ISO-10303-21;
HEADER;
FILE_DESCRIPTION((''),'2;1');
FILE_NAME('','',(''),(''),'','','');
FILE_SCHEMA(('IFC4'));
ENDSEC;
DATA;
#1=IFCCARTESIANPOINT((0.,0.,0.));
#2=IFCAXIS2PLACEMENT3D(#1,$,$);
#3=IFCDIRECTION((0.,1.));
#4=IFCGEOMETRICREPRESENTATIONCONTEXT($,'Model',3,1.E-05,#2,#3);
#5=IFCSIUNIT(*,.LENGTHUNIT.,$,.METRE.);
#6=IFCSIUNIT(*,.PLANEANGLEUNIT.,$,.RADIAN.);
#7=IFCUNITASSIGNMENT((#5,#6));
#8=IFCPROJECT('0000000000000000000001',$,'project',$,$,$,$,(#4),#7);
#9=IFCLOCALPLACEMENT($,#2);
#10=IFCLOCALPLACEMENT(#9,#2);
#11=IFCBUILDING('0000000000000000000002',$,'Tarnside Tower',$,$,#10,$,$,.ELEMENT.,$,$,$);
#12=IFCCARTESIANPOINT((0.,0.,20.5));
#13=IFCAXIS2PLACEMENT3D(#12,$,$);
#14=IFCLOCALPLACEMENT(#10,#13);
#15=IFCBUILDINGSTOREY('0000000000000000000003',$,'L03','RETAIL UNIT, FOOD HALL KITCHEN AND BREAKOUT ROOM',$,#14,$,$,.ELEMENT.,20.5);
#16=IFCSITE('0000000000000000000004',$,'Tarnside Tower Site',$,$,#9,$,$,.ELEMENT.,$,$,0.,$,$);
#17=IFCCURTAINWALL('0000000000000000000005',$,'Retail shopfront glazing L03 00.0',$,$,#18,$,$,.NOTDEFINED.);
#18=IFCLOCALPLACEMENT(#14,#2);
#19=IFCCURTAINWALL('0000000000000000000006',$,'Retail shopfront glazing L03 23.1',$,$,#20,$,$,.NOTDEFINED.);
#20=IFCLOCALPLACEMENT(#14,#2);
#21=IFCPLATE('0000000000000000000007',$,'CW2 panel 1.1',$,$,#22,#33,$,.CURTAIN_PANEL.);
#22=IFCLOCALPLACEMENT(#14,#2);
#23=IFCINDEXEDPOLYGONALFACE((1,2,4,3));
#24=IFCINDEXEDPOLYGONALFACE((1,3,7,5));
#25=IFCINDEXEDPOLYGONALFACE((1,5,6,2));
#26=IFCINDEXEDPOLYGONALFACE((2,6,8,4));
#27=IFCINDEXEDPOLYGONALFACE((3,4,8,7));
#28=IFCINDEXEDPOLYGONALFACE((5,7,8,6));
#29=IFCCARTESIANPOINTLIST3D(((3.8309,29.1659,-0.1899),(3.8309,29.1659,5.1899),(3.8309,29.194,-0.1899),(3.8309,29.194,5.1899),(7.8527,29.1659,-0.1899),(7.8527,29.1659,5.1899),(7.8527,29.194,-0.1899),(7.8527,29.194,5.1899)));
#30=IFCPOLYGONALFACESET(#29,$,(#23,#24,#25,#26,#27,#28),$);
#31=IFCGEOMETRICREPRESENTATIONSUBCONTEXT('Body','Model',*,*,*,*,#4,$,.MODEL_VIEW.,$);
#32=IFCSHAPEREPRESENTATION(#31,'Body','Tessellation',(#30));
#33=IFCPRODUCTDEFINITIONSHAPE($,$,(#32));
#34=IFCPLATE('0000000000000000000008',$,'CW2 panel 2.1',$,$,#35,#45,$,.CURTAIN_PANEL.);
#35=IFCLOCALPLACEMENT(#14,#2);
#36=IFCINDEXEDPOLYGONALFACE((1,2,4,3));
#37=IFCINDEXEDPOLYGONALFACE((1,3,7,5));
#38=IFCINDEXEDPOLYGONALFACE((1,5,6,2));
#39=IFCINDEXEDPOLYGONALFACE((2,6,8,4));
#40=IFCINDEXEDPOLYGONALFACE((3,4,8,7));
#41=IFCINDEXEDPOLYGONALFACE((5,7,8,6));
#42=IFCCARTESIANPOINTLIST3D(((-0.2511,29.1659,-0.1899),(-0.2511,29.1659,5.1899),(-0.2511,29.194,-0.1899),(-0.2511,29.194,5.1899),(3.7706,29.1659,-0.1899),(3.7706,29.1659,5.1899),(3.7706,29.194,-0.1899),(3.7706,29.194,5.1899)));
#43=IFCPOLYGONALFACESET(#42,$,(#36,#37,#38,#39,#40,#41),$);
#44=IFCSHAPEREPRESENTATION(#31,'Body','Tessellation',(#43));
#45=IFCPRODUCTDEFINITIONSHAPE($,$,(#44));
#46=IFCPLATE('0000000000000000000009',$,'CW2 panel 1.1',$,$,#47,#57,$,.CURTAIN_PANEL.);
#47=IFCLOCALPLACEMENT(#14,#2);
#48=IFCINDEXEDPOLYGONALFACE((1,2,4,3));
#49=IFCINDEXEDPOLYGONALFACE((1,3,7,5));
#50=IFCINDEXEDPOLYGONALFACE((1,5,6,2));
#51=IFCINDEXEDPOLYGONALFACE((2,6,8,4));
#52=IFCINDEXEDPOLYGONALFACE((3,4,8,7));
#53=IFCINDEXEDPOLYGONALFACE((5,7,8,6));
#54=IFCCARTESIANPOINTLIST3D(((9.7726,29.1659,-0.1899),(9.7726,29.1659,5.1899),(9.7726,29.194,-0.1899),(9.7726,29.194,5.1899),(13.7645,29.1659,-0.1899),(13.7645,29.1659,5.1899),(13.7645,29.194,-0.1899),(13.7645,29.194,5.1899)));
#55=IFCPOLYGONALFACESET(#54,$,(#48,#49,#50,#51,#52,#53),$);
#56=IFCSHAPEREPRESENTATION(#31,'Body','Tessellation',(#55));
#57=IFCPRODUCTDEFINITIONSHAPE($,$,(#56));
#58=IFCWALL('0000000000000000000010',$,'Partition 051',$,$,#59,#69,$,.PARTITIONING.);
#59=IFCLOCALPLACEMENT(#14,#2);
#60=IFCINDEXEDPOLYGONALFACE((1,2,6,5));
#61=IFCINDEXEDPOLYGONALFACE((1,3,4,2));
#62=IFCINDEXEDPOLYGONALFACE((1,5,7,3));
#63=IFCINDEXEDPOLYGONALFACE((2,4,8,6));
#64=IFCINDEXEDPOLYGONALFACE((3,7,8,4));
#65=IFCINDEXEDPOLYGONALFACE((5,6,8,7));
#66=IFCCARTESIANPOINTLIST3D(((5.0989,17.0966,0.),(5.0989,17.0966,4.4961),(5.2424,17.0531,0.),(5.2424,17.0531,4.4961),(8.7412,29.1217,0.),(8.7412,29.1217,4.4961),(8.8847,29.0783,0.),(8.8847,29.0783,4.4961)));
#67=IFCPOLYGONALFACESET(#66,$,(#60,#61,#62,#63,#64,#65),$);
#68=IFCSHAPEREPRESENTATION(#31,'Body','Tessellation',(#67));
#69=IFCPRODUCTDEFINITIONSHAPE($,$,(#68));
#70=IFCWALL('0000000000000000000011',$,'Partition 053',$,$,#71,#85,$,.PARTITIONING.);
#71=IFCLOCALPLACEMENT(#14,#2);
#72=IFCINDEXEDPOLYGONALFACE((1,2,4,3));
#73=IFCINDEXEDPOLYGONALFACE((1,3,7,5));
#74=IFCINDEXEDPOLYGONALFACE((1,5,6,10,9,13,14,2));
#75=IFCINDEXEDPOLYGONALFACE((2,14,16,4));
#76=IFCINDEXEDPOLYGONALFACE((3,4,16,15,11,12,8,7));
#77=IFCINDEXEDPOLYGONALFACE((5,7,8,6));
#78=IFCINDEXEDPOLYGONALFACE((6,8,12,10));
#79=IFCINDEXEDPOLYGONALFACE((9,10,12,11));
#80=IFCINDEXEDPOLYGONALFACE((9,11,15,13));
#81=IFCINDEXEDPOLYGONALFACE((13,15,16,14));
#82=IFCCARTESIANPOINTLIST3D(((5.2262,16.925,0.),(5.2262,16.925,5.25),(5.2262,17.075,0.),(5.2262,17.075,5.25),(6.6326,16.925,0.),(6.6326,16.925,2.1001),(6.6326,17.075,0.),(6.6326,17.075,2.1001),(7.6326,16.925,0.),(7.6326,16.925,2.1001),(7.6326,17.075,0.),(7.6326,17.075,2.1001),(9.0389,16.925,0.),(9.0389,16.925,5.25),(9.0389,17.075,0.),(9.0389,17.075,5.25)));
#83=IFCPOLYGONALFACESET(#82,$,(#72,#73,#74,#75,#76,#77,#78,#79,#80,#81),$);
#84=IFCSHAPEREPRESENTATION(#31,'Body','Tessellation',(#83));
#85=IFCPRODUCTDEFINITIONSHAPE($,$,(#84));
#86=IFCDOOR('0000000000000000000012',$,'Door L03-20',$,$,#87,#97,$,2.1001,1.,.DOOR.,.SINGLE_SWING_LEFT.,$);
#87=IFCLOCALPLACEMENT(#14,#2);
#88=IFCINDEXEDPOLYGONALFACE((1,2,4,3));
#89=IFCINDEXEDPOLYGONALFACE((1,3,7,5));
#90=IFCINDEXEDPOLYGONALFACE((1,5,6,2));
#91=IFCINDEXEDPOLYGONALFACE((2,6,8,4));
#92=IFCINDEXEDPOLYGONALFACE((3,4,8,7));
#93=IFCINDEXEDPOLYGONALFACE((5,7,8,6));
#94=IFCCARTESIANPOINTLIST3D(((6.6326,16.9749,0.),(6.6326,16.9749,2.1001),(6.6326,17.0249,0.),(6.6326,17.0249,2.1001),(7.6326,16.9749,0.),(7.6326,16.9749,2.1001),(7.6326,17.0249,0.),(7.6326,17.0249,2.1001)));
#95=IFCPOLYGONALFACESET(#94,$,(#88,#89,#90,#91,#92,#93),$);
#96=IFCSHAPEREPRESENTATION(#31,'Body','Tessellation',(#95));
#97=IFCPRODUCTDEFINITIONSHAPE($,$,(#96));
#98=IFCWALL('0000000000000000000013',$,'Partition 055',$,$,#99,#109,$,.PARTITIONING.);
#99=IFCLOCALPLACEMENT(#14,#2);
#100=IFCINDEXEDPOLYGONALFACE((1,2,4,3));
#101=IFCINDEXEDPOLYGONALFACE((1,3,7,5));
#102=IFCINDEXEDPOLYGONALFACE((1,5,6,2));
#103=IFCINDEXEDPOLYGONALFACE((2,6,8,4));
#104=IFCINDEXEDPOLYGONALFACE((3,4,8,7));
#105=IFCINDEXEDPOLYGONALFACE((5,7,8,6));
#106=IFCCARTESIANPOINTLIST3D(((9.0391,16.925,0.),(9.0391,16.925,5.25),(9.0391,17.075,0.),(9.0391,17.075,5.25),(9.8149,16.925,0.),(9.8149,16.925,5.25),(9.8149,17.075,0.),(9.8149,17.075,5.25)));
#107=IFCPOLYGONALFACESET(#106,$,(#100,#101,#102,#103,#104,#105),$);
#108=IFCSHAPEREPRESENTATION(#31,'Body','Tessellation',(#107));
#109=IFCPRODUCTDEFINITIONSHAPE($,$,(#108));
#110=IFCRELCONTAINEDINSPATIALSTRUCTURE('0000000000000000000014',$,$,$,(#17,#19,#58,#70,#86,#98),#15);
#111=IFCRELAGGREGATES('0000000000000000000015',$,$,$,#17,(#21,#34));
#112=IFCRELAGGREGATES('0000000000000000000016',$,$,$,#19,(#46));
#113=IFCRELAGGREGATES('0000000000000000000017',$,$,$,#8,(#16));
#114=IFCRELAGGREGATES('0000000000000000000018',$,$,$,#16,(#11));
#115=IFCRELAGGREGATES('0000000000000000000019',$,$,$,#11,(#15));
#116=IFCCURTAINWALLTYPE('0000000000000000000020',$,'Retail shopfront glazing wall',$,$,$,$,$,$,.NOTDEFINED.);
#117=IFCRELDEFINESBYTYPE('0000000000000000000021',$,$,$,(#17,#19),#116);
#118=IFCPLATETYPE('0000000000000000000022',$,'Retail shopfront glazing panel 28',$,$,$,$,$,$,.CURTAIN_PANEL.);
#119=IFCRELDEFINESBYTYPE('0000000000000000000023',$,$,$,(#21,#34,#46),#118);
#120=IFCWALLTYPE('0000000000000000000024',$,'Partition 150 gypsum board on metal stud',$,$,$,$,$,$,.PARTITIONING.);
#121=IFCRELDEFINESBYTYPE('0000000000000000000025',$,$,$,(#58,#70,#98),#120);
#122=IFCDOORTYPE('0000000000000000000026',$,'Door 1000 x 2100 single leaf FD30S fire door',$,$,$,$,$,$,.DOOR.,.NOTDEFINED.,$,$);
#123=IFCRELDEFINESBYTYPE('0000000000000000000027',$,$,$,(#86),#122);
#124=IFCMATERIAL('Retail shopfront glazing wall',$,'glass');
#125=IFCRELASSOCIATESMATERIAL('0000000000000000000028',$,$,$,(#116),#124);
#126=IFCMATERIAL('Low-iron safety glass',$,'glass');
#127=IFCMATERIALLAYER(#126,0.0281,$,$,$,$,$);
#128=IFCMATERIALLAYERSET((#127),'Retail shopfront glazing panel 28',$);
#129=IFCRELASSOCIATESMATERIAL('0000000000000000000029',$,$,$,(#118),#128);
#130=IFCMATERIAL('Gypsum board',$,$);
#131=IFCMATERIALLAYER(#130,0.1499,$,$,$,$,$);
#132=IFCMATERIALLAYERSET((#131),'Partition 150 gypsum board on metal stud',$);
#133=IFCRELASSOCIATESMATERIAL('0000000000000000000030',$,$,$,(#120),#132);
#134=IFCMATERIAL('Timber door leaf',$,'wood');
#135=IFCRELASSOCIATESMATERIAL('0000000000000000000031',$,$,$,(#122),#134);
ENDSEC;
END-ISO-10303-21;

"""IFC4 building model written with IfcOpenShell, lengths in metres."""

from ifc_helpers import new_model, si_unit, direction, frame, frame_2d, origin, origin_2d, place, context, subcontext, project, spatial, rectangle, extrude, material, layer, layer_set, type_object, element, fill, aggregate, save


model = new_model("IFC4")

# Units and contexts
model_context = context("Model", 3, precision=1e-05, world=origin(), true_north=direction((0.0, 1.0)))
body_context = subcontext(model_context, "Body", "Model", "MODEL_VIEW")
ifc_project = project(units=[si_unit("LENGTHUNIT", "METRE"), si_unit("PLANEANGLEUNIT", "RADIAN")], contexts=[model_context])

# Site, building, storey
site_placement = place(None, origin())
site = spatial("IfcSite", under=ifc_project, at=site_placement, Name="Tarnside Tower Site", CompositionType="ELEMENT", RefElevation=0.0)
building_placement = place(site_placement, origin())
building = spatial("IfcBuilding", under=site, at=building_placement, Name="Tarnside Tower", CompositionType="ELEMENT")
storey_placement = place(building_placement, frame((0.0, 0.0, 20.5)))
storey = spatial("IfcBuildingStorey", under=building, at=storey_placement, Name="L03", Description="RETAIL UNIT, FOOD HALL KITCHEN AND BREAKOUT ROOM", CompositionType="ELEMENT", Elevation=20.5)

# Curtain wall
ifc_material_1 = material(Name="Retail shopfront glazing wall", Category="glass")
curtain_wall_type = type_object("IfcCurtainWallType", Name="Retail shopfront glazing wall", PredefinedType="NOTDEFINED", material=ifc_material_1)
curtain_wall_1_placement = place(storey_placement, origin())
curtain_wall_1 = element("IfcCurtainWall", 1, at=curtain_wall_1_placement, inside=storey, type_object=curtain_wall_type, Name="Retail shopfront glazing L03 00.0", PredefinedType="NOTDEFINED")

# Curtain wall
curtain_wall_2_placement = place(storey_placement, origin())
curtain_wall_2 = element("IfcCurtainWall", 2, at=curtain_wall_2_placement, inside=storey, type_object=curtain_wall_type, Name="Retail shopfront glazing L03 23.1", PredefinedType="NOTDEFINED")

# Plates
ifc_material_2 = material(Name="Low-iron safety glass", Category="glass")
ifc_layer_1 = layer(ifc_material_2, 0.0281)
ifc_layer_set_1 = layer_set([ifc_layer_1], Name="Retail shopfront glazing panel 28")
plate_type = type_object("IfcPlateType", Name="Retail shopfront glazing panel 28", PredefinedType="CURTAIN_PANEL", material=ifc_layer_set_1)
plate_1_placement = place(storey_placement, frame((5.8418, 29.1799, -0.1899), z_axis=(0.0, 0.0, 1.0), x_axis=(-1.0, 0.0, 0.0)))
plate_1 = element("IfcPlate", 3, at=plate_1_placement, type_object=plate_type, Name="CW2 panel 1.1", PredefinedType="CURTAIN_PANEL", context=body_context, shape_type="SweptSolid", body=[
    extrude(rectangle(XDim=4.0217, YDim=0.0281, at=origin_2d()), origin(), (0.0, 0.0, 1.0), 5.3799),
])
plate_2_placement = place(storey_placement, frame((1.7598, 29.1799, -0.1899), z_axis=(0.0, 0.0, 1.0), x_axis=(-1.0, 0.0, 0.0)))
plate_2 = element("IfcPlate", 4, at=plate_2_placement, type_object=plate_type, Name="CW2 panel 2.1", PredefinedType="CURTAIN_PANEL", context=body_context, shape_type="SweptSolid", body=[
    extrude(rectangle(XDim=4.0217, YDim=0.0281, at=origin_2d()), origin(), (0.0, 0.0, 1.0), 5.3799),
])
aggregate(curtain_wall_1, [plate_1, plate_2])
plate_3_placement = place(storey_placement, frame((11.7686, 29.1799, -0.1899), z_axis=(0.0, 0.0, 1.0), x_axis=(-1.0, 0.0, 0.0)))
plate_3 = element("IfcPlate", 5, at=plate_3_placement, type_object=plate_type, Name="CW2 panel 1.1", PredefinedType="CURTAIN_PANEL", context=body_context, shape_type="SweptSolid", body=[
    extrude(rectangle(XDim=3.9919, YDim=0.0281, at=origin_2d()), origin(), (0.0, 0.0, 1.0), 5.3799),
])
aggregate(curtain_wall_2, [plate_3])

# Wall
ifc_material_3 = material(Name="Gypsum board")
ifc_layer_2 = layer(ifc_material_3, 0.1499)
ifc_layer_set_2 = layer_set([ifc_layer_2], Name="Partition 150 gypsum board on metal stud")
wall_type = type_object("IfcWallType", Name="Partition 150 gypsum board on metal stud", PredefinedType="PARTITIONING", material=ifc_layer_set_2)
wall_1_placement = place(storey_placement, frame((5.1707, 17.075, 0.0), z_axis=(0.0, 0.0, 1.0), x_axis=(0.289887, 0.957061, 0.0)))
element("IfcWall", 6, at=wall_1_placement, inside=storey, type_object=wall_type, Name="Partition 051", PredefinedType="PARTITIONING", context=body_context, shape_type="SweptSolid", body=[
    extrude(rectangle(XDim=12.5647, YDim=0.1499, at=frame_2d((6.2822, 0.0))), origin(), (0.0, 0.0, 1.0), 4.4961),
])

# Wall, opening, door
wall_2_placement = place(storey_placement, frame((5.2263, 17.0, 0.0), z_axis=(0.0, 0.0, 1.0), x_axis=(1.0, 0.0, 0.0)))
wall_2 = element("IfcWall", 7, at=wall_2_placement, inside=storey, type_object=wall_type, Name="Partition 053", PredefinedType="PARTITIONING", context=body_context, shape_type="SweptSolid", body=[
    extrude(rectangle(XDim=3.8127, YDim=0.1499, at=frame_2d((1.9062, 0.0))), origin(), (0.0, 0.0, 1.0), 5.25),
])
opening_placement = place(wall_2_placement, frame((1.4062, 0.0, 0.0)))
opening = element("IfcOpeningElement", 8, at=opening_placement, cuts=wall_2, PredefinedType="OPENING", context=body_context, shape_type="SweptSolid", body=[
    extrude(rectangle(XDim=1.0, YDim=2.1001, at=frame_2d((0.5, 1.05))), frame((0.0, 0.085, 0.0), z_axis=(0.0, -1.0, 0.0), x_axis=(1.0, 0.0, 0.0)), (0.0, 0.0, 1.0), 0.1699),
])
ifc_material_4 = material(Name="Timber door leaf", Category="wood")
door_type = type_object("IfcDoorType", Name="Door 1000 x 2100 single leaf FD30S fire door", OperationType="NOTDEFINED", PredefinedType="DOOR", material=ifc_material_4)
door_placement = place(opening_placement, origin())
door = element("IfcDoor", 9, at=door_placement, inside=storey, type_object=door_type, Name="Door L03-20", OperationType="SINGLE_SWING_LEFT", OverallHeight=2.1001, OverallWidth=1.0, PredefinedType="DOOR", context=body_context, shape_type="SweptSolid", body=[
    extrude(rectangle(XDim=1.0, YDim=2.1001, at=frame_2d((0.5, 1.05))), frame((0.0, 0.0249, 0.0), z_axis=(0.0, -1.0, 0.0), x_axis=(1.0, 0.0, 0.0)), (0.0, 0.0, 1.0), 0.05),
])
fill(opening, door)

# Wall
wall_3_placement = place(storey_placement, frame((9.8149, 17.0, 0.0), z_axis=(0.0, 0.0, 1.0), x_axis=(-1.0, 0.0, 0.0)))
element("IfcWall", 10, at=wall_3_placement, inside=storey, type_object=wall_type, Name="Partition 055", PredefinedType="PARTITIONING", context=body_context, shape_type="SweptSolid", body=[
    extrude(rectangle(XDim=0.7759, YDim=0.1499, at=frame_2d((0.3879, 0.0))), origin(), (0.0, 0.0, 1.0), 5.25),
])

save(model, "model.ifc")
